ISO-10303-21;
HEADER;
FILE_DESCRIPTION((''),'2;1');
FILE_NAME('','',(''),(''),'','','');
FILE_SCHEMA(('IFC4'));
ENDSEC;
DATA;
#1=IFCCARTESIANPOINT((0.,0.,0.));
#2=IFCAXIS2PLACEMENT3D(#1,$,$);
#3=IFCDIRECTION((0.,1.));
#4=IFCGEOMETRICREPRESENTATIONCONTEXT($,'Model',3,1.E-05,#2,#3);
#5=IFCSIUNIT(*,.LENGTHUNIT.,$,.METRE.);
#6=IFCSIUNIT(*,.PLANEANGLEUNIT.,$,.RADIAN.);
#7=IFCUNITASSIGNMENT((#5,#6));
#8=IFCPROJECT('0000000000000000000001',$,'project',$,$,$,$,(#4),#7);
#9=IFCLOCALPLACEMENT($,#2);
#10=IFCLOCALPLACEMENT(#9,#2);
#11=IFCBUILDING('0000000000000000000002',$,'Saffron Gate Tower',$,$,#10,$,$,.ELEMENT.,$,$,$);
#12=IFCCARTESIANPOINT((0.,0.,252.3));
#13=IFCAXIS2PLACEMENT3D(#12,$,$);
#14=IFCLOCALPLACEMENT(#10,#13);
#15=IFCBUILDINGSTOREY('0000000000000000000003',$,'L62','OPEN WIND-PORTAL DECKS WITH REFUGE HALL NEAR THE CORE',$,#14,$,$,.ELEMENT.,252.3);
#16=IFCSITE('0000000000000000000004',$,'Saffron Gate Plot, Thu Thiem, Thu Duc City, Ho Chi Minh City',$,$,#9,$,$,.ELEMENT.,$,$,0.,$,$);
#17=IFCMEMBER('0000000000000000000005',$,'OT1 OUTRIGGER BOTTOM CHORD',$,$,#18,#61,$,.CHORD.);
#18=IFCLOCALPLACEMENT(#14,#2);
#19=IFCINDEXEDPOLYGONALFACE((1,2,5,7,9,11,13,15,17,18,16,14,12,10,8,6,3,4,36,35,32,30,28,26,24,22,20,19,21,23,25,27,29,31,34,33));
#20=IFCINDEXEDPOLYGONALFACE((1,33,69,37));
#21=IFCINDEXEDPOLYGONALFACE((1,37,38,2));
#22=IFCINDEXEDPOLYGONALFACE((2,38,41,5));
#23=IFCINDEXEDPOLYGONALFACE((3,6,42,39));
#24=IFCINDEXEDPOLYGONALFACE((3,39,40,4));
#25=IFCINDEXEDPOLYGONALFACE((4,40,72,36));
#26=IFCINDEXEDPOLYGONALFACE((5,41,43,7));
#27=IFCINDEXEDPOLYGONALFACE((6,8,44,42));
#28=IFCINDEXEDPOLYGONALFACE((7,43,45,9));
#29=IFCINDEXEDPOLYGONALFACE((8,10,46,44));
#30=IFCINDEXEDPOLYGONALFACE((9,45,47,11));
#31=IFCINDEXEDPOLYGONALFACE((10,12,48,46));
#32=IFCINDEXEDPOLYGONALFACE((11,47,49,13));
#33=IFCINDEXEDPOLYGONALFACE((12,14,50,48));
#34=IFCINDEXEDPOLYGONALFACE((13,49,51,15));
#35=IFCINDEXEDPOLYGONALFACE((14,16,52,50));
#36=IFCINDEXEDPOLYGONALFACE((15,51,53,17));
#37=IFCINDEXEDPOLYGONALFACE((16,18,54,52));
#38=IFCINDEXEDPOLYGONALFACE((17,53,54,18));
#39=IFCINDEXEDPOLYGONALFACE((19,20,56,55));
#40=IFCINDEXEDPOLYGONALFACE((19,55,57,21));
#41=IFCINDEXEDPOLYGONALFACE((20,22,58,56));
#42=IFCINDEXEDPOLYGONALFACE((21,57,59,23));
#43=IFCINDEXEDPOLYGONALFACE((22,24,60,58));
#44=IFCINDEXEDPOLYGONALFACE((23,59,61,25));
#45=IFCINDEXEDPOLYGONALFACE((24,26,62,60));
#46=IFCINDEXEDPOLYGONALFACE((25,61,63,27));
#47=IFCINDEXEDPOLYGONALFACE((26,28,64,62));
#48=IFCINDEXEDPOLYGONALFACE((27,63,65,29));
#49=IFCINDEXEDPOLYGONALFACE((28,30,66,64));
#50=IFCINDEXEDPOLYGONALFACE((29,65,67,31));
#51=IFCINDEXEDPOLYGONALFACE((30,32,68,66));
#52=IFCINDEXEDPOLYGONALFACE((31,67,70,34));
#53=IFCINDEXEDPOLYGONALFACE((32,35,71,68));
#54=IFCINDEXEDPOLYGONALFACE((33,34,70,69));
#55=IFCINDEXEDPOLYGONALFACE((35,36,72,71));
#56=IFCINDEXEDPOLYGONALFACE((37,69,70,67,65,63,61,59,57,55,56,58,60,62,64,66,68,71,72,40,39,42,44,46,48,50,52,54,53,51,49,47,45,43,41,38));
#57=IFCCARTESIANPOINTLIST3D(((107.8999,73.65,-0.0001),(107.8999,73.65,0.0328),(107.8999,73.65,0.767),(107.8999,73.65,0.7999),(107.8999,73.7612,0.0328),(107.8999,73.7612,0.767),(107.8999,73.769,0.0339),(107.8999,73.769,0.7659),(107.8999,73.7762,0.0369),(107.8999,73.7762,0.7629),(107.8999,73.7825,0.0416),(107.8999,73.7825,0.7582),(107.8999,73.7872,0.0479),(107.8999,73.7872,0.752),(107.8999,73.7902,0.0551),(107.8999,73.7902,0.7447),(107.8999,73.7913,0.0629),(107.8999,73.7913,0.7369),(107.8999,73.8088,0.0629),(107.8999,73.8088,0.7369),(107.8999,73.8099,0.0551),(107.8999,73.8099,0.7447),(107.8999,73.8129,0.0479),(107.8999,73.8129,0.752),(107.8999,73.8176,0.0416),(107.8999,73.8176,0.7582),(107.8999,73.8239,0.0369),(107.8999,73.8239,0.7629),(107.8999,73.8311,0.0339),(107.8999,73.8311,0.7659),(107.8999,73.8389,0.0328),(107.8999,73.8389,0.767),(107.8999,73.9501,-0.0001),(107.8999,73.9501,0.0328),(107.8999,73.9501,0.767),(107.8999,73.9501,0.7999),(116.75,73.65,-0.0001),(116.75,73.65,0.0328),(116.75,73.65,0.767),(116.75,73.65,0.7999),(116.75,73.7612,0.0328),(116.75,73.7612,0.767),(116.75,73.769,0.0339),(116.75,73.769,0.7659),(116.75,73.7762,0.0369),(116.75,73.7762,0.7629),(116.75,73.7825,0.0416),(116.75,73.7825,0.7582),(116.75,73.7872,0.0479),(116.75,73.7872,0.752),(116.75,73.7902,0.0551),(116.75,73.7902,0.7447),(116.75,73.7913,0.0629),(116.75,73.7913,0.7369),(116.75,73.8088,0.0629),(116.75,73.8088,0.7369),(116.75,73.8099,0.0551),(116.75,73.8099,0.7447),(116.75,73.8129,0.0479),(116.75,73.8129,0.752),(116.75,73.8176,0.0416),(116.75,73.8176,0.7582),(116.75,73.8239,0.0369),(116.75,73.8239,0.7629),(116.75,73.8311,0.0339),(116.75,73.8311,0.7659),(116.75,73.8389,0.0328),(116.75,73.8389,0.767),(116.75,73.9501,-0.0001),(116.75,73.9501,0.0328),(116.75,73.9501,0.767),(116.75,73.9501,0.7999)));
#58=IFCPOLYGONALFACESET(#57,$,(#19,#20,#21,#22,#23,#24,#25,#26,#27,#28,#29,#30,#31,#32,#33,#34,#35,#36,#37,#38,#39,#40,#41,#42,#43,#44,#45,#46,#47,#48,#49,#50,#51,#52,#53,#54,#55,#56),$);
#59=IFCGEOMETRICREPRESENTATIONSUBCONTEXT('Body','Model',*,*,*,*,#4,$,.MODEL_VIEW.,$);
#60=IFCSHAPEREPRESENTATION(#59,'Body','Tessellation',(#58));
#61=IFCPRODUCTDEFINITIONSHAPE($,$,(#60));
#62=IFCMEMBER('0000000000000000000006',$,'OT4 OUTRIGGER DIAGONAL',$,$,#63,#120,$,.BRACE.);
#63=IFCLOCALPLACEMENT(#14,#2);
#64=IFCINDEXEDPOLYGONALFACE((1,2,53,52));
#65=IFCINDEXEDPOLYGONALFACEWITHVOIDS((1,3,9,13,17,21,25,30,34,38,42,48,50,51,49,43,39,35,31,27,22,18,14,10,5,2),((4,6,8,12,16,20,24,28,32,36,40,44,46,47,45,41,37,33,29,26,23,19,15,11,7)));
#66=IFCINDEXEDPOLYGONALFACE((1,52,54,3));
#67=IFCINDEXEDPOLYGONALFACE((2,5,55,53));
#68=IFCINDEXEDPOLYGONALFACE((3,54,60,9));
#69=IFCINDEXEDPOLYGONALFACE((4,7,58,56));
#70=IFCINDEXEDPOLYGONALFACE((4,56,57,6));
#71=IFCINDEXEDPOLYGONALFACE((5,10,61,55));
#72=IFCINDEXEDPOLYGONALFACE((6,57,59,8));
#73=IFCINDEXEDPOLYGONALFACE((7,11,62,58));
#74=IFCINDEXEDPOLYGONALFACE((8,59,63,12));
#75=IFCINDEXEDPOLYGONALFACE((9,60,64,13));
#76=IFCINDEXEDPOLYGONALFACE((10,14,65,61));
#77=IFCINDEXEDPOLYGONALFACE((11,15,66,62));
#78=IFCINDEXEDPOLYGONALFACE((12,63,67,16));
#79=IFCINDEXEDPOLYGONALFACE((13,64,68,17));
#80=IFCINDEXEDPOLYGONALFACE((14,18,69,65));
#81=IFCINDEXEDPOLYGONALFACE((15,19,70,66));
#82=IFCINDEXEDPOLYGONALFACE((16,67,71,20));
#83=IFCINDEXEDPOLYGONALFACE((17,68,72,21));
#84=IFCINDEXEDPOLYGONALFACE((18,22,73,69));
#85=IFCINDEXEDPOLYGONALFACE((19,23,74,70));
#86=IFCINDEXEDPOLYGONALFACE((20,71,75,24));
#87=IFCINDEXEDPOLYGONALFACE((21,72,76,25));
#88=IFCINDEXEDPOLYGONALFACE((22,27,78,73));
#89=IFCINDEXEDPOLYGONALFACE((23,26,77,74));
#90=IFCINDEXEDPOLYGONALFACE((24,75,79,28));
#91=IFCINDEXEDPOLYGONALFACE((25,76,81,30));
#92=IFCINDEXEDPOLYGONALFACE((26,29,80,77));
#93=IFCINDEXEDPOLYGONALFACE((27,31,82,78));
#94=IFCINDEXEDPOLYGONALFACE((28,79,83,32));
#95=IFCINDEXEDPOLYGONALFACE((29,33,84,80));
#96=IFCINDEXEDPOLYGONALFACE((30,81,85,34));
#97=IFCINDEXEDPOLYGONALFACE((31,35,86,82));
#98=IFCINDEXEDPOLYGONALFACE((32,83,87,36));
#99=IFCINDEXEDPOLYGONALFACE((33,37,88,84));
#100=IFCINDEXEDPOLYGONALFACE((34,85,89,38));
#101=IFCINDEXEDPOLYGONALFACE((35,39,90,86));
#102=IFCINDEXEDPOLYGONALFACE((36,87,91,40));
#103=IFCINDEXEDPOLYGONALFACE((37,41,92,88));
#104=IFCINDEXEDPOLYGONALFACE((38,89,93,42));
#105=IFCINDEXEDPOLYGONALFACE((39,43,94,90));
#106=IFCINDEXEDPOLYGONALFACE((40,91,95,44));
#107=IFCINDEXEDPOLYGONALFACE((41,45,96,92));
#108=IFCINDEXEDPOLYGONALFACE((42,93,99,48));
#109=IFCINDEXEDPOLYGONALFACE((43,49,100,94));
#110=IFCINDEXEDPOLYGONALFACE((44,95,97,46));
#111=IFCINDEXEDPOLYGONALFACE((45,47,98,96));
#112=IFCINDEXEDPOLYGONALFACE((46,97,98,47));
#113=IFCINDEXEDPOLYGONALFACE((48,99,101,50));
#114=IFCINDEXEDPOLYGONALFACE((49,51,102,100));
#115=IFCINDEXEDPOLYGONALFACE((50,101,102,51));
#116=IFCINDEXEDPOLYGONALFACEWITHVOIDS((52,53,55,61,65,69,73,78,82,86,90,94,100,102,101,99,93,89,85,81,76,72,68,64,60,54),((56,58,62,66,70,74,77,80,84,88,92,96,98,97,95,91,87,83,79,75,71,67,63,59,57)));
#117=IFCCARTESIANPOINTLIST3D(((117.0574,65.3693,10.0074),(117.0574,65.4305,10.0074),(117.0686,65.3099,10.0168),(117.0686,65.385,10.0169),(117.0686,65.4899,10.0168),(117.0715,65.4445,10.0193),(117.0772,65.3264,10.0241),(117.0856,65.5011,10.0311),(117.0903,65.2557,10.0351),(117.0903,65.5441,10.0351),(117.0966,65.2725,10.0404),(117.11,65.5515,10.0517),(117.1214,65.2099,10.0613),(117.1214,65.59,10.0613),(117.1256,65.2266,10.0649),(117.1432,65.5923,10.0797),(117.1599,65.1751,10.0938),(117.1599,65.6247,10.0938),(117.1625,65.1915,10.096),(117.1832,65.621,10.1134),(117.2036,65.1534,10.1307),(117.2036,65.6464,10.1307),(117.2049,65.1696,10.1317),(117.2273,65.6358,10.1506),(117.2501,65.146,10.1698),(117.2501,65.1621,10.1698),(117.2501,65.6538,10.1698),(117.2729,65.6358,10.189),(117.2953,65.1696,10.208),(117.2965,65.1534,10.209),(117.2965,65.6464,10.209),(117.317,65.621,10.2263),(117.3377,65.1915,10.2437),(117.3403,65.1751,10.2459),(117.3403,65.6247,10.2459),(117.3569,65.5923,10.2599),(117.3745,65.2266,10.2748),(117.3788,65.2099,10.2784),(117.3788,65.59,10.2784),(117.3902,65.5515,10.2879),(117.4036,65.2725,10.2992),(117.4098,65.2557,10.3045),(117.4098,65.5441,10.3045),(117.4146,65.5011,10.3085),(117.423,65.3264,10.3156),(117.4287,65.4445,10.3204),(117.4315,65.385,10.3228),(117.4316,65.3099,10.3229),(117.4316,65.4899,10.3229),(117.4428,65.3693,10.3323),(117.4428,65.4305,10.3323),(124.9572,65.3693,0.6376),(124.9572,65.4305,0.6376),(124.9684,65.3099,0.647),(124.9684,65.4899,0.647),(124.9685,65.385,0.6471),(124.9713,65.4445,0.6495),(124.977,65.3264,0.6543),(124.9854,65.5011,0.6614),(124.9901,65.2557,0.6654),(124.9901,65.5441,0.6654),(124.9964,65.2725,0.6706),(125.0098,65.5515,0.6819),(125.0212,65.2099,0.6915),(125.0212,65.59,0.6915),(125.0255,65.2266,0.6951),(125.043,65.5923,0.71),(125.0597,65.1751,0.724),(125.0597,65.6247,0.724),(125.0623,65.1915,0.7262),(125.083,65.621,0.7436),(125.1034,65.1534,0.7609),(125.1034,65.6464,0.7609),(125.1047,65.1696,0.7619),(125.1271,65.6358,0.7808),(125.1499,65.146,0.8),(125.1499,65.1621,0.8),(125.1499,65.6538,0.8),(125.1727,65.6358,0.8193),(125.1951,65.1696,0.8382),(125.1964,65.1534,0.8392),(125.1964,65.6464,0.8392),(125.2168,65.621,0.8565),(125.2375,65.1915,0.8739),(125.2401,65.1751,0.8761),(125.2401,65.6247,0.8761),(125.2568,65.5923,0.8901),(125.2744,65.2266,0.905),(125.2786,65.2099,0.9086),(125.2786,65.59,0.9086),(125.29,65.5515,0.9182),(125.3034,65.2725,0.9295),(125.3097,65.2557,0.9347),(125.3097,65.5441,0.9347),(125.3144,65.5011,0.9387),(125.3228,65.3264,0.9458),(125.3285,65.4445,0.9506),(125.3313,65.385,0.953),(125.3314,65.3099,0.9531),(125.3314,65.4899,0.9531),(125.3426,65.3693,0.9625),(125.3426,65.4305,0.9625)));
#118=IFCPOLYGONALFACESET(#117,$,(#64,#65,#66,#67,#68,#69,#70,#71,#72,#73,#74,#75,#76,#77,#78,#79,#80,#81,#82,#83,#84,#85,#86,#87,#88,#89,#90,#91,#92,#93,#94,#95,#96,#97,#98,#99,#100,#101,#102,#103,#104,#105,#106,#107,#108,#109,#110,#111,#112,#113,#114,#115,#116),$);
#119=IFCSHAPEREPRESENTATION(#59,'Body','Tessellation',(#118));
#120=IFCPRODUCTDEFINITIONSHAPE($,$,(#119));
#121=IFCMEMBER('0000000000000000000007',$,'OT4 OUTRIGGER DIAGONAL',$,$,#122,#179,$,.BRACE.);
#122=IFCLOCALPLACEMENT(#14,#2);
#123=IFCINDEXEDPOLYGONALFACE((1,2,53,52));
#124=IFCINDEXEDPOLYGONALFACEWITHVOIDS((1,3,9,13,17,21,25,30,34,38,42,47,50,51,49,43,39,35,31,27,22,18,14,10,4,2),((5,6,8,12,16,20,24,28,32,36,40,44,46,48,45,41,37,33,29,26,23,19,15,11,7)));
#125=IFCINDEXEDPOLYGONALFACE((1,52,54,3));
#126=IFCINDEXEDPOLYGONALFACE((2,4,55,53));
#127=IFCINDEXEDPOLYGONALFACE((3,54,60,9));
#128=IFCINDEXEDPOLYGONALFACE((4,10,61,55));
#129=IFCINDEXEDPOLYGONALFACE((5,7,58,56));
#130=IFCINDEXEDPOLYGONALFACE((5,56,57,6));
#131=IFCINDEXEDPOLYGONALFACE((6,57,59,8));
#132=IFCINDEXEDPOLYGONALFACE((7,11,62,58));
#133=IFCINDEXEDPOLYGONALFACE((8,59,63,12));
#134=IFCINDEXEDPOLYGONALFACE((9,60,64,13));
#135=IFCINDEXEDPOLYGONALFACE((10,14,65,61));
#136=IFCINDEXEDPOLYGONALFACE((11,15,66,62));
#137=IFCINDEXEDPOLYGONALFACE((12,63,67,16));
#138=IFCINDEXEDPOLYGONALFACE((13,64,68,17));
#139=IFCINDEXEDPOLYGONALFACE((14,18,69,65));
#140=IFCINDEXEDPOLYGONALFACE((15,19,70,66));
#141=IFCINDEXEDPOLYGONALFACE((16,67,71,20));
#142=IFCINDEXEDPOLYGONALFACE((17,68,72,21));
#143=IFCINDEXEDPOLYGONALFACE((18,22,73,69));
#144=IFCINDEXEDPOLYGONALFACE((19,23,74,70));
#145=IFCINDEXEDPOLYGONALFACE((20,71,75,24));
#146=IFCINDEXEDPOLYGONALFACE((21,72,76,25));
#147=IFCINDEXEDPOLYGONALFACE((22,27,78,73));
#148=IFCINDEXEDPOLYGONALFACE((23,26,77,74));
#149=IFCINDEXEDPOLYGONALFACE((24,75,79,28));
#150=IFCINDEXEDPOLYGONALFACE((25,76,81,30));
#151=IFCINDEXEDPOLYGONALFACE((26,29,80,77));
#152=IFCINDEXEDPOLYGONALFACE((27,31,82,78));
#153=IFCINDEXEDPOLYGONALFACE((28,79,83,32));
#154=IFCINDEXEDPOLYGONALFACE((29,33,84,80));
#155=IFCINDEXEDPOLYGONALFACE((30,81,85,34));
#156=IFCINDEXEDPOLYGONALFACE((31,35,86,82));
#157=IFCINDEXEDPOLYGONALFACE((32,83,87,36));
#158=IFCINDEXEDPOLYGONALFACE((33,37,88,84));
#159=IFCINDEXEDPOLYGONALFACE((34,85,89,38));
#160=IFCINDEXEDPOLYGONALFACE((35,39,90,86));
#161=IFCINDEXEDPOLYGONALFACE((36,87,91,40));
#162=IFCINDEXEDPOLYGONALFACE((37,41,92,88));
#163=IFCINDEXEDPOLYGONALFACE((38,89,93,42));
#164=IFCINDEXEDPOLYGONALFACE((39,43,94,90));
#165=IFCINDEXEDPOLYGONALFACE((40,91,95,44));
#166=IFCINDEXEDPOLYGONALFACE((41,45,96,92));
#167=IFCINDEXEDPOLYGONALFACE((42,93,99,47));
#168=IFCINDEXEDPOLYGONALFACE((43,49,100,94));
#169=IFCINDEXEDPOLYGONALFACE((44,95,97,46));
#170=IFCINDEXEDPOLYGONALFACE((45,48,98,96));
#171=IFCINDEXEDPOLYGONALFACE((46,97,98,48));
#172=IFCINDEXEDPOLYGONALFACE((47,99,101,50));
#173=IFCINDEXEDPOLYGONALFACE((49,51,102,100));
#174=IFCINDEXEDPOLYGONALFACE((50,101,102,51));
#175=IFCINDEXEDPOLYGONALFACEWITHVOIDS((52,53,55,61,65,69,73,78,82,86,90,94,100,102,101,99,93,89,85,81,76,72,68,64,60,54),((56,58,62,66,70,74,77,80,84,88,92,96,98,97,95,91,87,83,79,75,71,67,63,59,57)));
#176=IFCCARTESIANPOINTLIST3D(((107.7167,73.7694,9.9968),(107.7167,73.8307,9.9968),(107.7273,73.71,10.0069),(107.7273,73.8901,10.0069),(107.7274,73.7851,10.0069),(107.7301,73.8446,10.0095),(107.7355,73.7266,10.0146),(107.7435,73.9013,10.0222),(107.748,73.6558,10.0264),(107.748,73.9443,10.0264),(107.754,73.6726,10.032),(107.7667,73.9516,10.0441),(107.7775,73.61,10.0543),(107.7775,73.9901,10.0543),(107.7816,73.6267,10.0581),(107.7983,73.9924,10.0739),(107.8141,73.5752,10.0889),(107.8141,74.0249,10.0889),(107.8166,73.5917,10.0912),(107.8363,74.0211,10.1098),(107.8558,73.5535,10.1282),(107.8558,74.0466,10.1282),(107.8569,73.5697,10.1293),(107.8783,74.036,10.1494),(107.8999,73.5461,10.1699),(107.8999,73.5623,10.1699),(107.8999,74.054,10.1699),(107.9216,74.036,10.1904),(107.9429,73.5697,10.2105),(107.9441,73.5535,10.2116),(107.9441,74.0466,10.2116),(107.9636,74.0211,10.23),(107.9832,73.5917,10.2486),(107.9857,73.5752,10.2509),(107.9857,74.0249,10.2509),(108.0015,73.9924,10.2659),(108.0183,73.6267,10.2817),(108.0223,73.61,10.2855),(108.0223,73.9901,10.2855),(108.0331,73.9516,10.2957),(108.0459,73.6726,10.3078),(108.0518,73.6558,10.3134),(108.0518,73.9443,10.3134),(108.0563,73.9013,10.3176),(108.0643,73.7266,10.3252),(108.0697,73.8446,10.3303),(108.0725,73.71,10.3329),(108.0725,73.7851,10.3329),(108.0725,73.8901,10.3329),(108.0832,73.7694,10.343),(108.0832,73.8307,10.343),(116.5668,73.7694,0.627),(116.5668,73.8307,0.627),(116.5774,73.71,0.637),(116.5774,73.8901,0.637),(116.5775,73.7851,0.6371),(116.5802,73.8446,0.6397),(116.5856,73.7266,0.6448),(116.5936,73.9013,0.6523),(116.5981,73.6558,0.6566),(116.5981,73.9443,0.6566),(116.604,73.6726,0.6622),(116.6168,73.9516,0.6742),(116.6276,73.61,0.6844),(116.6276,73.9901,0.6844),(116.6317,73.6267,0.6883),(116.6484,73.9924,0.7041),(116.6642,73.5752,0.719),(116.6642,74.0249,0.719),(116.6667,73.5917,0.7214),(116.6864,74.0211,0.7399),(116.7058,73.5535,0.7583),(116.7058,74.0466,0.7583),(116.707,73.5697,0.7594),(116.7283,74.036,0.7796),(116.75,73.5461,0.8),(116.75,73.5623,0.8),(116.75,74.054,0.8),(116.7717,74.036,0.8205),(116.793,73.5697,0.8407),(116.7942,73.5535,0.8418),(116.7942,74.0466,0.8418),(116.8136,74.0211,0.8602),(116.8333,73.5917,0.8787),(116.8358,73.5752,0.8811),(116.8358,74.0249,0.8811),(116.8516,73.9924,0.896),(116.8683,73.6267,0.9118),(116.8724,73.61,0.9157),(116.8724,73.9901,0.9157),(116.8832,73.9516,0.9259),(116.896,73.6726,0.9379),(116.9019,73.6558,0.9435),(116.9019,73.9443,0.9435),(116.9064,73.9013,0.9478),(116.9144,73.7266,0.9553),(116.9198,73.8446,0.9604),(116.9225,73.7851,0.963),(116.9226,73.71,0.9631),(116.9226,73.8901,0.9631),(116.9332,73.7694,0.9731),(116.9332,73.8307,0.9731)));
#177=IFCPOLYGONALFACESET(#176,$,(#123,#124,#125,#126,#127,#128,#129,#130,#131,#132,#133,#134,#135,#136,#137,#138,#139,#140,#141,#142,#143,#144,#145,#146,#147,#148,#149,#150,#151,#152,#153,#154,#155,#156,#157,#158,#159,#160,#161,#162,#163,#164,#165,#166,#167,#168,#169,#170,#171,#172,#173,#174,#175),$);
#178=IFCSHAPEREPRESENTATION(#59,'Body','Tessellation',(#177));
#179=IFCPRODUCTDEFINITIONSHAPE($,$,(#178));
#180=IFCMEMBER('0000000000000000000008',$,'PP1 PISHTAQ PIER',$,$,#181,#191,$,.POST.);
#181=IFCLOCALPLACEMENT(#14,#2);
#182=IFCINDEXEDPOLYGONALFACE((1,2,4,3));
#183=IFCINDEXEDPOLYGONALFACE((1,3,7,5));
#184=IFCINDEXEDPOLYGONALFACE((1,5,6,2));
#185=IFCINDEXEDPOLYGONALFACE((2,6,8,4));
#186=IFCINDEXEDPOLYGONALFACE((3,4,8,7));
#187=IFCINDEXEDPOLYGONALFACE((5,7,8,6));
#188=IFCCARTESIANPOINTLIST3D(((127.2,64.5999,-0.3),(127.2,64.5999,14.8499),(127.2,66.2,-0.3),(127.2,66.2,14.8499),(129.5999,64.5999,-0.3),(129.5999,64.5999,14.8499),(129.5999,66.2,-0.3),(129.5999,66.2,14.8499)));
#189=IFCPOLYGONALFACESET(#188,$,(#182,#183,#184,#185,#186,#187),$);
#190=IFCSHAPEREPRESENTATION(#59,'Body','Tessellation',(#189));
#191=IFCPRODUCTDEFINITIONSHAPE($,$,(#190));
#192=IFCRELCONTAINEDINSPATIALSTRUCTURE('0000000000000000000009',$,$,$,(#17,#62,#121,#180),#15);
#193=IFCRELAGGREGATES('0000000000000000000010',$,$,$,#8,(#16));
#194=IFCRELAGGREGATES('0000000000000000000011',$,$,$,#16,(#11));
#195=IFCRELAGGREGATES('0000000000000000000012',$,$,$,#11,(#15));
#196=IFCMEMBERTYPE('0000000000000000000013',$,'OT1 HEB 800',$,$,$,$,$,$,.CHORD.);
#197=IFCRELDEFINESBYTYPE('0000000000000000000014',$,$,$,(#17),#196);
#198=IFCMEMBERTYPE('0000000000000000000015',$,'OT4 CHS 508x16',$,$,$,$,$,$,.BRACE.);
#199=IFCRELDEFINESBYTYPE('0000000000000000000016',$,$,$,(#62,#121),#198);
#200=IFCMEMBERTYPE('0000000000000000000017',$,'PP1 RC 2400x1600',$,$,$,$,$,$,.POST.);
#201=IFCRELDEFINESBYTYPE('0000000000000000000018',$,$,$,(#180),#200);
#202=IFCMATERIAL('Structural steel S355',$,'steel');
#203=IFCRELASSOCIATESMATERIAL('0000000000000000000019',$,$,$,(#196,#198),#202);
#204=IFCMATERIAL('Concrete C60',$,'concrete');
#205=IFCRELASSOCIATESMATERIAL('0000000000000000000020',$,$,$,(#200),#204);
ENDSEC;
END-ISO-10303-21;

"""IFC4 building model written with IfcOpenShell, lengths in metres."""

from ifc_helpers import new_model, si_unit, direction, frame, origin, origin_2d, place, context, subcontext, project, spatial, rectangle, hollow_circle, i_section, extrude, material, material_profile, profile_set, type_object, element, save


model = new_model("IFC4")

# Units and contexts
model_context = context("Model", 3, precision=1e-05, world=origin(), true_north=direction((0.0, 1.0)))
body_context = subcontext(model_context, "Body", "Model", "MODEL_VIEW")
ifc_project = project(units=[si_unit("LENGTHUNIT", "METRE"), si_unit("PLANEANGLEUNIT", "RADIAN")], contexts=[model_context])

# Site, building, storey
site_placement = place(None, origin())
site = spatial("IfcSite", under=ifc_project, at=site_placement, Name="Saffron Gate Plot, Thu Thiem, Thu Duc City, Ho Chi Minh City", CompositionType="ELEMENT", RefElevation=0.0)
building_placement = place(site_placement, origin())
building = spatial("IfcBuilding", under=site, at=building_placement, Name="Saffron Gate Tower", CompositionType="ELEMENT")
storey_placement = place(building_placement, frame((0.0, 0.0, 252.3)))
storey = spatial("IfcBuildingStorey", under=building, at=storey_placement, Name="L62", Description="OPEN WIND-PORTAL DECKS WITH REFUGE HALL NEAR THE CORE", CompositionType="ELEMENT", Elevation=252.3)

# Shared definitions
ifc_material_1 = material(Name="Structural steel S355", Category="steel")

# Members
ifc_material_profile_1 = material_profile(ifc_material_1, i_section(OverallWidth=0.3, OverallDepth=0.8, WebThickness=0.0176, FlangeThickness=0.033, FilletRadius=0.03, at=origin_2d()))
ifc_profile_set_1 = profile_set([ifc_material_profile_1], Name="Structural steel S355")
member_type_1 = type_object("IfcMemberType", Name="OT1 HEB 800", PredefinedType="CHORD", material=ifc_profile_set_1)
for number, where, z_axis, x_axis, name in (
    (1, (116.75, 73.8, 0.3999), (-1.0, 0.0, 0.0), (0.0, -1.0, 0.0), "OT1 OUTRIGGER BOTTOM CHORD"),
):
    element("IfcMember", number, at=place(storey_placement, frame(where, z_axis=z_axis, x_axis=x_axis)), inside=storey, type_object=member_type_1, Name=name, PredefinedType="CHORD", context=body_context, shape_type="SweptSolid", body=[
        extrude(i_section(OverallWidth=0.3, OverallDepth=0.8, WebThickness=0.0176, FlangeThickness=0.033, FilletRadius=0.03, at=origin_2d()), origin(), (0.0, 0.0, 1.0), 8.8501),
    ])
ifc_material_profile_2 = material_profile(ifc_material_1, hollow_circle(Radius=0.2539, WallThickness=0.0161, at=origin_2d()))
ifc_profile_set_2 = profile_set([ifc_material_profile_2], Name="Structural steel S355")
member_type_2 = type_object("IfcMemberType", Name="OT4 CHS 508x16", PredefinedType="BRACE", material=ifc_profile_set_2)
member_1_placement = place(storey_placement, frame((125.1499, 65.3999, 0.8), z_axis=(-0.644588, 0.0, 0.76453), x_axis=(0.0, -1.0, 0.0)))
element("IfcMember", 2, at=member_1_placement, inside=storey, type_object=member_type_2, Name="OT4 OUTRIGGER DIAGONAL", PredefinedType="BRACE", context=body_context, shape_type="SweptSolid", body=[
    extrude(hollow_circle(Radius=0.2539, WallThickness=0.0161, at=origin_2d()), origin(), (0.0, 0.0, 1.0), 12.2556),
])
member_2_placement = place(storey_placement, frame((116.75, 73.8, 0.8), z_axis=(-0.686655, 0.0, 0.726983), x_axis=(0.0, -1.0, 0.0)))
element("IfcMember", 3, at=member_2_placement, inside=storey, type_object=member_type_2, Name="OT4 OUTRIGGER DIAGONAL", PredefinedType="BRACE", context=body_context, shape_type="SweptSolid", body=[
    extrude(hollow_circle(Radius=0.2539, WallThickness=0.0161, at=origin_2d()), origin(), (0.0, 0.0, 1.0), 12.8887),
])
ifc_material_2 = material(Name="Concrete C60", Category="concrete")
ifc_material_profile_3 = material_profile(ifc_material_2, rectangle(XDim=2.3999, YDim=1.6001, at=origin_2d()))
ifc_profile_set_3 = profile_set([ifc_material_profile_3], Name="Concrete C60")
member_type_3 = type_object("IfcMemberType", Name="PP1 RC 2400x1600", PredefinedType="POST", material=ifc_profile_set_3)
member_3_placement = place(storey_placement, frame((128.3999, 65.3999, -0.3), z_axis=(0.0, 0.0, 1.0), x_axis=(1.0, 0.0, 0.0)))
element("IfcMember", 4, at=member_3_placement, inside=storey, type_object=member_type_3, Name="PP1 PISHTAQ PIER", PredefinedType="POST", context=body_context, shape_type="SweptSolid", body=[
    extrude(rectangle(XDim=2.3999, YDim=1.6001, at=origin_2d()), origin(), (0.0, 0.0, 1.0), 15.1499),
])

save(model, "model.ifc")
